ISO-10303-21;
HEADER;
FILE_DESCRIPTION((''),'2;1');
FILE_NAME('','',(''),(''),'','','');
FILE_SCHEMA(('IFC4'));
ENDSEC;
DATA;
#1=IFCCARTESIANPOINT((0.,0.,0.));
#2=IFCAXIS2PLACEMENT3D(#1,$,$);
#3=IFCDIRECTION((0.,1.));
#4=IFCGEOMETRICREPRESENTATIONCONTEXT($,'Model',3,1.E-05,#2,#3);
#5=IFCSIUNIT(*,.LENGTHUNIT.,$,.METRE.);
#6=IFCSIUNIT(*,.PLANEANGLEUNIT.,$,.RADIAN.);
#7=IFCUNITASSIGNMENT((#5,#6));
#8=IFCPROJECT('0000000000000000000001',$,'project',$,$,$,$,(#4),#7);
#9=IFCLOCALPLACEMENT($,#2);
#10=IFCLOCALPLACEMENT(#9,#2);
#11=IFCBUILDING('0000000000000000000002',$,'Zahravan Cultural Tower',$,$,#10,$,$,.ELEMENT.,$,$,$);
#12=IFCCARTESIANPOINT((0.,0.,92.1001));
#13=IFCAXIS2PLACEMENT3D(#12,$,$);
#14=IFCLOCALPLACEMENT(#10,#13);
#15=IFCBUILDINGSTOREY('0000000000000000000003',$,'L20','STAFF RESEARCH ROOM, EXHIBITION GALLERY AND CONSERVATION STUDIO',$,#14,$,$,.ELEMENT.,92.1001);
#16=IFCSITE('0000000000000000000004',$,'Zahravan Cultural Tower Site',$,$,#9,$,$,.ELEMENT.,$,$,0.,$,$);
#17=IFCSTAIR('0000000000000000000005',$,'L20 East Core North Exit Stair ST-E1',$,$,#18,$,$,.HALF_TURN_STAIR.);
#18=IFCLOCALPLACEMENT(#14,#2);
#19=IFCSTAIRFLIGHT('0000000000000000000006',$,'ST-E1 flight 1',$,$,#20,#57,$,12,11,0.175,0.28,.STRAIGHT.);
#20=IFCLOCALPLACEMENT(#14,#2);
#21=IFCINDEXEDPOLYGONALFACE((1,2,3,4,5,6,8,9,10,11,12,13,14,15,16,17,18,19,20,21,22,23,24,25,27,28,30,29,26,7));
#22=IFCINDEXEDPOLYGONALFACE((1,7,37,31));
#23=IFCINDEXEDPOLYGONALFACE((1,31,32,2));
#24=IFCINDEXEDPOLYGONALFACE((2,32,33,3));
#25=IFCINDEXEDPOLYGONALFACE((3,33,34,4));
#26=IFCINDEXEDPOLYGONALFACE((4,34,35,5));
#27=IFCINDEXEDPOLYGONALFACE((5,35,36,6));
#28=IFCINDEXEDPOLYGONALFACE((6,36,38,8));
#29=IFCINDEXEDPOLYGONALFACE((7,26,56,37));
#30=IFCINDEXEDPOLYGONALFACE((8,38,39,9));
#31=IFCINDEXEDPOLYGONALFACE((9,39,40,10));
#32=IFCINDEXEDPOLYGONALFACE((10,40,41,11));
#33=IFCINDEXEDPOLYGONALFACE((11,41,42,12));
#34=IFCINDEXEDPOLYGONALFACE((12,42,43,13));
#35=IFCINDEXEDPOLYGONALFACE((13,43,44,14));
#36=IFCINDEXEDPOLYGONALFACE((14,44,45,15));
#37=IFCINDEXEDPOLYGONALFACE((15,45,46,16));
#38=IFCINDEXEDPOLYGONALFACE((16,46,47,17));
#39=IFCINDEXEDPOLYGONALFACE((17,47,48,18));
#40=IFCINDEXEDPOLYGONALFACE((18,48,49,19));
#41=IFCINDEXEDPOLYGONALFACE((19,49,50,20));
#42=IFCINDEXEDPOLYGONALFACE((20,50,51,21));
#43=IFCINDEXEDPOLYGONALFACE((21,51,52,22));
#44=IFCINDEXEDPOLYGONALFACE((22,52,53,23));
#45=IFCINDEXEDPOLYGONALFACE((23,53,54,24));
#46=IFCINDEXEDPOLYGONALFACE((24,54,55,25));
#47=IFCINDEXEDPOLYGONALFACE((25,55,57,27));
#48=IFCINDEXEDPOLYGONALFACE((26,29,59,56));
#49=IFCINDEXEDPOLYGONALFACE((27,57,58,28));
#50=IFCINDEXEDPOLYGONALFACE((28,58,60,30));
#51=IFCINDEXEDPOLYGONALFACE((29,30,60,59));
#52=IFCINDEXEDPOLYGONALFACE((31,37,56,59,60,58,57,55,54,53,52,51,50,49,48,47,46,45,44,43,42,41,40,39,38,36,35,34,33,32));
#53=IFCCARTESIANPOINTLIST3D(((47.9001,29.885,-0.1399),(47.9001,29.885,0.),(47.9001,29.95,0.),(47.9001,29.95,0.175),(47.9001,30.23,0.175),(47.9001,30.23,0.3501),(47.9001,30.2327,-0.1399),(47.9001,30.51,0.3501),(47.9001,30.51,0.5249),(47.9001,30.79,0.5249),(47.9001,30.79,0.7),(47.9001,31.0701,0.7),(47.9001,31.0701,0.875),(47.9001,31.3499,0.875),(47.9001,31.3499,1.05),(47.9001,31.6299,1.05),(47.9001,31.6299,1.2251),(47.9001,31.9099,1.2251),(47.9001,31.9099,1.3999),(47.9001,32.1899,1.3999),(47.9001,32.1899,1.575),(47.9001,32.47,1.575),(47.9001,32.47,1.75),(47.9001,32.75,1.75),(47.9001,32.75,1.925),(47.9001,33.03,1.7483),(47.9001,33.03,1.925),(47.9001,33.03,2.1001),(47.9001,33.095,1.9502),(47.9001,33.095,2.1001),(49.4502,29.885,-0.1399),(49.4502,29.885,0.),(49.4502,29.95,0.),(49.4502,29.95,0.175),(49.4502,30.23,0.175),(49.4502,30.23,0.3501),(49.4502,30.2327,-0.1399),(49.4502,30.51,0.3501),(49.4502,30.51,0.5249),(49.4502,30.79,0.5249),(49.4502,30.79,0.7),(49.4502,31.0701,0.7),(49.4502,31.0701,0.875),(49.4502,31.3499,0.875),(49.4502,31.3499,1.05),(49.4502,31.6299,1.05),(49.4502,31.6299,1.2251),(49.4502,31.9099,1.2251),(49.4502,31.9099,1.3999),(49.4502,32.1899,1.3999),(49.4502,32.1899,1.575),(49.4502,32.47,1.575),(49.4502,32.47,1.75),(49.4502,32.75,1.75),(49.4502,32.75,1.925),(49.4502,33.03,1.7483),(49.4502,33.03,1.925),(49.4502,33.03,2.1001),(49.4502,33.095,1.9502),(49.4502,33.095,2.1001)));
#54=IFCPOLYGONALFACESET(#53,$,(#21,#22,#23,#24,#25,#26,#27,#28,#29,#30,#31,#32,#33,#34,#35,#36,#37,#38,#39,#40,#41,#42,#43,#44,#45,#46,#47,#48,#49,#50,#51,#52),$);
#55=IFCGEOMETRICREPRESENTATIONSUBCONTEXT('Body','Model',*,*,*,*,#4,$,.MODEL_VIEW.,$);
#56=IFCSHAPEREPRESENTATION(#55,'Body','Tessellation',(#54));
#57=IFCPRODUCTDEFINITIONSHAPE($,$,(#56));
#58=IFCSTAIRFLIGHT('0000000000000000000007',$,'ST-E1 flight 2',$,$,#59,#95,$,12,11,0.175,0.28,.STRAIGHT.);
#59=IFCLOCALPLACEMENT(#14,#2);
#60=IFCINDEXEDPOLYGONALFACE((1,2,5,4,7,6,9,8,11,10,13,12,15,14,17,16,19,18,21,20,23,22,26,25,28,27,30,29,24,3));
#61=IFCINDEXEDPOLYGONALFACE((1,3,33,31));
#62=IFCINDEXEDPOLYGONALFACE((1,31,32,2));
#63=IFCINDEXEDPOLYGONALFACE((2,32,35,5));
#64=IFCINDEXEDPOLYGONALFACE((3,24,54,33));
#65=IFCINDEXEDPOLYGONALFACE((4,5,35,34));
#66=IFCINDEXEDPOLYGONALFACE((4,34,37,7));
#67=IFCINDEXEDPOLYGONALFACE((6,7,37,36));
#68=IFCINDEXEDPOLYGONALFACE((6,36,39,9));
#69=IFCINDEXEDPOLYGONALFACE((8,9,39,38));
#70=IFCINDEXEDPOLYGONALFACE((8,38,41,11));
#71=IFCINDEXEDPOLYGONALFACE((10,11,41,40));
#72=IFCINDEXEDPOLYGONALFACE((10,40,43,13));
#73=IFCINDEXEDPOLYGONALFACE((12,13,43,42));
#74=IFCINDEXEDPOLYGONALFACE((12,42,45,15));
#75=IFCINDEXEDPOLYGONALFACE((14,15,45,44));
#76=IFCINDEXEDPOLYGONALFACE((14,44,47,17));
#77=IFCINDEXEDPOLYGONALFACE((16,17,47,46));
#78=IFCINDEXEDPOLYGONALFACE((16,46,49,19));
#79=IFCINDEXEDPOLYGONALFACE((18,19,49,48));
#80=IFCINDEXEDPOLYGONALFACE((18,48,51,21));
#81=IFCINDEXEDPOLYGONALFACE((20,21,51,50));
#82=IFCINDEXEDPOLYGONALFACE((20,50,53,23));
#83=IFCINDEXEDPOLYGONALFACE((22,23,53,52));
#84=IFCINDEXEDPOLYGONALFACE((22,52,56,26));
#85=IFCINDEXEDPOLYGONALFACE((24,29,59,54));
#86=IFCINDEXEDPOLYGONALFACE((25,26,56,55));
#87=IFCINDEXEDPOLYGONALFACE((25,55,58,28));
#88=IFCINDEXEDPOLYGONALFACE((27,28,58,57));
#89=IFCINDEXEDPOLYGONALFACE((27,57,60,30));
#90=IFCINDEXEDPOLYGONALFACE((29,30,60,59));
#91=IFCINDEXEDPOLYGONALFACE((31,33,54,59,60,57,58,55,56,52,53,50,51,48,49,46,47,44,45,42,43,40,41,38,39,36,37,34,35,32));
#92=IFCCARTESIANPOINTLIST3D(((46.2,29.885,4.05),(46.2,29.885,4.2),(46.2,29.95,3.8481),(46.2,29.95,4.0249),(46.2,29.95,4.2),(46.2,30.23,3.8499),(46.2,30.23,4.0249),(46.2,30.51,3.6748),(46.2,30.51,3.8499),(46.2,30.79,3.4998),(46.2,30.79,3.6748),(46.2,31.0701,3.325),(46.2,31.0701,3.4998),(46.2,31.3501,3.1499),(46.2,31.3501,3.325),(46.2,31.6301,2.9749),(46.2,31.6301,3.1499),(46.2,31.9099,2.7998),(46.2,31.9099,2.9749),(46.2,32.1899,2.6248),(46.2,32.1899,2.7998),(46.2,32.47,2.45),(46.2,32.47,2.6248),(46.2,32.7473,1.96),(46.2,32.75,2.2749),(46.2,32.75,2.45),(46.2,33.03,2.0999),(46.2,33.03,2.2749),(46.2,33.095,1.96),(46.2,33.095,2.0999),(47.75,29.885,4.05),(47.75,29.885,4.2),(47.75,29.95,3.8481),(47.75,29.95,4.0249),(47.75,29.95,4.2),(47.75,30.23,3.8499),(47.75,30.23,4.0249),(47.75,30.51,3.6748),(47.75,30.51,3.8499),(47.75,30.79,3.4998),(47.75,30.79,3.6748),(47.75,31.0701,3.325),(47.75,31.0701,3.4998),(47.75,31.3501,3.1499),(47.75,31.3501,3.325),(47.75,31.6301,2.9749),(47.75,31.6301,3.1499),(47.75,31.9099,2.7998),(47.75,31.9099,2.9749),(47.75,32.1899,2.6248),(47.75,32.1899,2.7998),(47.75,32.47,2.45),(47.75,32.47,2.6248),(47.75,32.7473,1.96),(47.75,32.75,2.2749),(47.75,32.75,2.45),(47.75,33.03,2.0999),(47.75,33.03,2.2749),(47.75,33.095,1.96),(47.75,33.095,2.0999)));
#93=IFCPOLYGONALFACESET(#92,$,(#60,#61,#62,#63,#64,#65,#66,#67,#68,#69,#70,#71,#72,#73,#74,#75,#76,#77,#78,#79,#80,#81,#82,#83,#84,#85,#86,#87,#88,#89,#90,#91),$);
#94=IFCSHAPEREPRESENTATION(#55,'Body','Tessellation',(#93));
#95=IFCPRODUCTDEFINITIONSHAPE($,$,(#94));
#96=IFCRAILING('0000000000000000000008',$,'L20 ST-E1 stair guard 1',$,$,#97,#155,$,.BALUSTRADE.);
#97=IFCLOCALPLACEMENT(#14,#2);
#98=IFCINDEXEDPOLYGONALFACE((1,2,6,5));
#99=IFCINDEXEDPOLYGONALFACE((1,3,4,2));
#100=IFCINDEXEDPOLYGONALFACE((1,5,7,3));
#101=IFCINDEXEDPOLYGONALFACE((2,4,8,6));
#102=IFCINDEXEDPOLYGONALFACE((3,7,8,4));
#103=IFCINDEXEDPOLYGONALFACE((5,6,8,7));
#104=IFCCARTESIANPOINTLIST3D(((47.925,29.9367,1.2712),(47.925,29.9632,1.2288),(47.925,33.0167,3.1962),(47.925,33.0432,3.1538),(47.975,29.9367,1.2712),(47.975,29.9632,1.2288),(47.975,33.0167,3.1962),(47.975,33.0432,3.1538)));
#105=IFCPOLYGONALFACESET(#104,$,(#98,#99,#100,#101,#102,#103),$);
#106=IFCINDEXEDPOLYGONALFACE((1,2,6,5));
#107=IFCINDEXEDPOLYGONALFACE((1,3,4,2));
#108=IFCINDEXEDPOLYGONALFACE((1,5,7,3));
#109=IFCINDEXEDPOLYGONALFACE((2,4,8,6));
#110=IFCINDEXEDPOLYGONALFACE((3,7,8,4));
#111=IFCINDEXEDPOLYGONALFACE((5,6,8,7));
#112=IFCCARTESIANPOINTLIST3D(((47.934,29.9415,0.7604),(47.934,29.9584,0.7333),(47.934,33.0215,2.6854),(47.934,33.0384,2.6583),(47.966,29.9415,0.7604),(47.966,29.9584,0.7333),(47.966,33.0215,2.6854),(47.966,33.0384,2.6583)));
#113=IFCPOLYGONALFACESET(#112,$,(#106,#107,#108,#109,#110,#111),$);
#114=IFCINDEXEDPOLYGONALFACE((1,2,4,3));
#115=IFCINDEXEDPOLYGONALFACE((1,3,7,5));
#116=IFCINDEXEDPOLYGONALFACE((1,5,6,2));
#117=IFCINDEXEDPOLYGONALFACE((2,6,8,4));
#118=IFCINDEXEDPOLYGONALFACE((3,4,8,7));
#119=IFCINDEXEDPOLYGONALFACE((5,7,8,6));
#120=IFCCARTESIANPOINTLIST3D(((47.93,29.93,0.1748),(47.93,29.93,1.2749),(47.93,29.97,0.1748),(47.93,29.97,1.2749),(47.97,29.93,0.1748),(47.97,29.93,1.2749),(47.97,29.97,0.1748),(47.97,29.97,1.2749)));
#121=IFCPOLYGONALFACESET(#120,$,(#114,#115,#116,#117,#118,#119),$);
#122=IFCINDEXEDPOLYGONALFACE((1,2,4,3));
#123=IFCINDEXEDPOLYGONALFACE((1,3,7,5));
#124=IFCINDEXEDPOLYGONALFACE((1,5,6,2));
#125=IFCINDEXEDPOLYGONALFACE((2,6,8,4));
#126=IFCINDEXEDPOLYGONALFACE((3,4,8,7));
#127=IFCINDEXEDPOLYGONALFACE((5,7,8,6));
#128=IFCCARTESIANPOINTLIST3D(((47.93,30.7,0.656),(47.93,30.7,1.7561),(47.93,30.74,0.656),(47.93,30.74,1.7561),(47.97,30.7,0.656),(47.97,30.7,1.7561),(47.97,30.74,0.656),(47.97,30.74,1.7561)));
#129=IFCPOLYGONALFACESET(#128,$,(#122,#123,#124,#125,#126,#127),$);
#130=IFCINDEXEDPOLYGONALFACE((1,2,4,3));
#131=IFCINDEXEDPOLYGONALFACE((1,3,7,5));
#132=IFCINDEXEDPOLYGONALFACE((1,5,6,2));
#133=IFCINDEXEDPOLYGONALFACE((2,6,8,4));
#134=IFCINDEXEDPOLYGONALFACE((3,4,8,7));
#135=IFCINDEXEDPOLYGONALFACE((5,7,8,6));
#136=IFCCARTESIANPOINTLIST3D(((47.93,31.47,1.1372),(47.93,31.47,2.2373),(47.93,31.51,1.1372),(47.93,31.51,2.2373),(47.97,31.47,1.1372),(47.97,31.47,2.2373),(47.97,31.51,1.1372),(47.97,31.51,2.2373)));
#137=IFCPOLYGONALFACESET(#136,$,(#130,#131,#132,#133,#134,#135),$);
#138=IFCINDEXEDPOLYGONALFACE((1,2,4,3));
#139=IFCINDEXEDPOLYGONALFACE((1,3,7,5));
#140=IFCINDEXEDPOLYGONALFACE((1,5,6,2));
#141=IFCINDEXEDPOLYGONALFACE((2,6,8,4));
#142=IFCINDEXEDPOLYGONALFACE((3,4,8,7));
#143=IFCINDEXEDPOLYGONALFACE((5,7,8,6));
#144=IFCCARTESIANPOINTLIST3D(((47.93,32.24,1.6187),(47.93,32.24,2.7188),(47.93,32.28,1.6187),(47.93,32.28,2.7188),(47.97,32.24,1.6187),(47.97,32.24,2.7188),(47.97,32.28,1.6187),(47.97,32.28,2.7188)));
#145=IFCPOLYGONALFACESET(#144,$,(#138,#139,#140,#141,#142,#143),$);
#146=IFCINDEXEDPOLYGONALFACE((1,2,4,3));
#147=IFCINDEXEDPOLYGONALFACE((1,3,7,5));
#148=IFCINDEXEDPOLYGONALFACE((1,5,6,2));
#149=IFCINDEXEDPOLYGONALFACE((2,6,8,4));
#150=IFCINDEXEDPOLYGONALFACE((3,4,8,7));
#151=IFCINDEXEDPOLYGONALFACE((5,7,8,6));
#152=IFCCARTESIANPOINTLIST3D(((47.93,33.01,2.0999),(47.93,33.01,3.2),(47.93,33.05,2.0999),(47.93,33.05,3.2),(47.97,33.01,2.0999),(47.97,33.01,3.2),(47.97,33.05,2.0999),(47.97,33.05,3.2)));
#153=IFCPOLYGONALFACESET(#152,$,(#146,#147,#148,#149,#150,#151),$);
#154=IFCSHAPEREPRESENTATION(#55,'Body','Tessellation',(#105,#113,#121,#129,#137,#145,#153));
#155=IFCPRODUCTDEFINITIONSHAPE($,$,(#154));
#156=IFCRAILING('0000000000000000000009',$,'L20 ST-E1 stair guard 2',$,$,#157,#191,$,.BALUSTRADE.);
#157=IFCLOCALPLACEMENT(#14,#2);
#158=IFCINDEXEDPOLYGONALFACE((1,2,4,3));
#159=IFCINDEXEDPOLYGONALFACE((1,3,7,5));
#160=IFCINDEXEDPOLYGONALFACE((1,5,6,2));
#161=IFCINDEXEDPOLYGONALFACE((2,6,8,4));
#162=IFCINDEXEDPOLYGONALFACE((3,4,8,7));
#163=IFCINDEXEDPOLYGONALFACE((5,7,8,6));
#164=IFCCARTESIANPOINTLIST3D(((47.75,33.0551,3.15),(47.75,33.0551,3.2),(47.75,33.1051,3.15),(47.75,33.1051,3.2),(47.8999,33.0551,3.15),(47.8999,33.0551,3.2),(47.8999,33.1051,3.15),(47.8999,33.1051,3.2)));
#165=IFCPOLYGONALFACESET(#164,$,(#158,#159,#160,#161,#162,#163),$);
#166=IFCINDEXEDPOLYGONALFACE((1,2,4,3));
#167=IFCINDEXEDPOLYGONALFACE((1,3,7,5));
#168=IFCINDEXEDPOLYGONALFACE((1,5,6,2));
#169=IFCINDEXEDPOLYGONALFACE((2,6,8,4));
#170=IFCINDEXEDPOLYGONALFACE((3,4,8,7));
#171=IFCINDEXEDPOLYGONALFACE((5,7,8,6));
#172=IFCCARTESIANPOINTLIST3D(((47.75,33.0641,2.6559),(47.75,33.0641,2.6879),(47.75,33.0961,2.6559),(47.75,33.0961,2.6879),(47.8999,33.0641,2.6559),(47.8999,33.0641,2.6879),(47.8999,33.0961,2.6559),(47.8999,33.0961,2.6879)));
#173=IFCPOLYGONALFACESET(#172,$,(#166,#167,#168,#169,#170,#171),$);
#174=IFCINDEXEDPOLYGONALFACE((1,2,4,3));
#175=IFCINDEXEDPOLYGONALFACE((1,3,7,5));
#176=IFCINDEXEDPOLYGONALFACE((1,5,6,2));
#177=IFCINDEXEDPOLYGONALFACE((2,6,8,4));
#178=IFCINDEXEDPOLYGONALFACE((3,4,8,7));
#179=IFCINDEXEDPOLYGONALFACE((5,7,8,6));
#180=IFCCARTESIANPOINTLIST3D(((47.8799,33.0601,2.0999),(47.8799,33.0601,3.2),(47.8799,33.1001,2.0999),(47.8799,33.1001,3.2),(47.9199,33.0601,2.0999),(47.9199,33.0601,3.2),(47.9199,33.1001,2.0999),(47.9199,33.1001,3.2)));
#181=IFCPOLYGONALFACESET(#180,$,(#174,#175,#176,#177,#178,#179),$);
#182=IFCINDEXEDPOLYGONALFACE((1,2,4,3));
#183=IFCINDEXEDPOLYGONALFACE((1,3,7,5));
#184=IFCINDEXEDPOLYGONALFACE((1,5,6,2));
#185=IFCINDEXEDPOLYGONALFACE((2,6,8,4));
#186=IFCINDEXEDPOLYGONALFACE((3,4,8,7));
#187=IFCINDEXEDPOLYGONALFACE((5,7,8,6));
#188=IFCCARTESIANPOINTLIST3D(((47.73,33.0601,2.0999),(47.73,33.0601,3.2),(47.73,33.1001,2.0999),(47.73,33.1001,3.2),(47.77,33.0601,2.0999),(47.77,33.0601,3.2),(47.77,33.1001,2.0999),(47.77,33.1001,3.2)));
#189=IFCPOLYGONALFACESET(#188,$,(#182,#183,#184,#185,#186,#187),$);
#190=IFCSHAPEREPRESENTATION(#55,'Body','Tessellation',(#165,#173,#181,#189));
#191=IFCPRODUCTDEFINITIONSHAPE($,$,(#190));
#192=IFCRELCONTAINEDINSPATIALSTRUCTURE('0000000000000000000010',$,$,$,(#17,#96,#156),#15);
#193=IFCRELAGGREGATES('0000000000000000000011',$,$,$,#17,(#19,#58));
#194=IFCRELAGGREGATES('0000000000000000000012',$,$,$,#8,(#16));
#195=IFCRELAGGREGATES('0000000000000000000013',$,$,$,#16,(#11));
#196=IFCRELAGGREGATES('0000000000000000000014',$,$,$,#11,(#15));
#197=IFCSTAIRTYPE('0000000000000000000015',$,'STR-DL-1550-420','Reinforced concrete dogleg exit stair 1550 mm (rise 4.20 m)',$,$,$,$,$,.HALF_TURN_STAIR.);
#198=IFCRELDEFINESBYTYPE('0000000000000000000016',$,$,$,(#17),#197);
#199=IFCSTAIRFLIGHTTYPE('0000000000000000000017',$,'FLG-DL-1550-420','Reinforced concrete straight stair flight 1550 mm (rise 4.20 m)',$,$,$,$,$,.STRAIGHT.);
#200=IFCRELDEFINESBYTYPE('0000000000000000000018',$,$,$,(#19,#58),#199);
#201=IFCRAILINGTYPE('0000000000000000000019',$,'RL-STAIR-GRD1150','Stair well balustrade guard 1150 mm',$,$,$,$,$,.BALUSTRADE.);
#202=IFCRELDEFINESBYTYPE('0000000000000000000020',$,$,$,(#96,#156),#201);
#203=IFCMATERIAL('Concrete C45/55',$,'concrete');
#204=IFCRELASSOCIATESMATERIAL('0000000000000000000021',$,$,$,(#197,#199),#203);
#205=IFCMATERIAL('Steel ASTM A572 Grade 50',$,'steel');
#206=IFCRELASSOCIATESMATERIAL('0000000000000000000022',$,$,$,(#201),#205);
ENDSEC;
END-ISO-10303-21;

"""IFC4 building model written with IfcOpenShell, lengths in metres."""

from ifc_helpers import new_model, si_unit, direction, frame, origin, origin_2d, place, context, subcontext, project, spatial, polyline, rectangle, outline, extrude, material, type_object, element, aggregate, save


model = new_model("IFC4")

# Units and contexts
model_context = context("Model", 3, precision=1e-05, world=origin(), true_north=direction((0.0, 1.0)))
body_context = subcontext(model_context, "Body", "Model", "MODEL_VIEW")
ifc_project = project(units=[si_unit("LENGTHUNIT", "METRE"), si_unit("PLANEANGLEUNIT", "RADIAN")], contexts=[model_context])

# Site, building, storey
site_placement = place(None, origin())
site = spatial("IfcSite", under=ifc_project, at=site_placement, Name="Zahravan Cultural Tower Site", CompositionType="ELEMENT", RefElevation=0.0)
building_placement = place(site_placement, origin())
building = spatial("IfcBuilding", under=site, at=building_placement, Name="Zahravan Cultural Tower", CompositionType="ELEMENT")
storey_placement = place(building_placement, frame((0.0, 0.0, 92.1001)))
storey = spatial("IfcBuildingStorey", under=building, at=storey_placement, Name="L20", Description="STAFF RESEARCH ROOM, EXHIBITION GALLERY AND CONSERVATION STUDIO", CompositionType="ELEMENT", Elevation=92.1001)

# Stair, stair flights
ifc_material_1 = material(Name="Concrete C45/55", Category="concrete")
stair_type = type_object("IfcStairType", Name="STR-DL-1550-420", Description="Reinforced concrete dogleg exit stair 1550 mm (rise 4.20 m)", PredefinedType="HALF_TURN_STAIR", material=ifc_material_1)
stair_placement = place(storey_placement, origin())
stair = element("IfcStair", 1, at=stair_placement, inside=storey, type_object=stair_type, Name="L20 East Core North Exit Stair ST-E1", PredefinedType="HALF_TURN_STAIR")
stair_flight_type = type_object("IfcStairFlightType", Name="FLG-DL-1550-420", Description="Reinforced concrete straight stair flight 1550 mm (rise 4.20 m)", PredefinedType="STRAIGHT", material=ifc_material_1)
stair_flight_1_placement = place(storey_placement, frame((48.675, 29.95, 0.0), z_axis=(0.0, 0.0, 1.0), x_axis=(0.0, 1.0, 0.0)))
stair_flight_1 = element("IfcStairFlight", 2, at=stair_flight_1_placement, type_object=stair_flight_type, Name="ST-E1 flight 1", NumberOfRisers=12, NumberOfTreads=11, PredefinedType="STRAIGHT", RiserHeight=0.175, TreadLength=0.28, context=body_context, shape_type="SweptSolid", body=[
    extrude(outline(polyline([(-0.0649, -0.1399), (-0.0649, 0.0), (0.0, 0.0), (0.0, 0.175), (0.28, 0.175), (0.28, 0.3501), (0.5601, 0.3501), (0.5601, 0.5249), (0.8401, 0.5249), (0.8401, 0.7), (1.1201, 0.7), (1.1201, 0.875), (1.3999, 0.875), (1.3999, 1.05), (1.6799, 1.05), (1.6799, 1.2251), (1.96, 1.2251), (1.96, 1.3999), (2.24, 1.3999), (2.24, 1.575), (2.52, 1.575), (2.52, 1.75), (2.8, 1.75), (2.8, 1.925), (3.0801, 1.925), (3.0801, 2.1001), (3.145, 2.1001), (3.145, 1.9502), (3.0801, 1.7483), (0.2827, -0.1399), (-0.0649, -0.1399)])), frame((0.0, 0.7749, 0.0), z_axis=(0.0, -1.0, 0.0), x_axis=(1.0, 0.0, 0.0)), (0.0, 0.0, 1.0), 1.55),
])
stair_flight_2_placement = place(storey_placement, frame((46.9751, 33.03, 2.0999), z_axis=(0.0, 0.0, 1.0), x_axis=(0.0, -1.0, 0.0)))
stair_flight_2 = element("IfcStairFlight", 3, at=stair_flight_2_placement, type_object=stair_flight_type, Name="ST-E1 flight 2", NumberOfRisers=12, NumberOfTreads=11, PredefinedType="STRAIGHT", RiserHeight=0.175, TreadLength=0.28, context=body_context, shape_type="SweptSolid", body=[
    extrude(outline(polyline([(-0.0649, -0.1399), (-0.0649, 0.0), (0.0, 0.0), (0.0, 0.175), (0.28, 0.175), (0.28, 0.3501), (0.5601, 0.3501), (0.5601, 0.5249), (0.8401, 0.5249), (0.8401, 0.7), (1.1201, 0.7), (1.1201, 0.875), (1.3999, 0.875), (1.3999, 1.05), (1.6799, 1.05), (1.6799, 1.2251), (1.96, 1.2251), (1.96, 1.3999), (2.24, 1.3999), (2.24, 1.575), (2.52, 1.575), (2.52, 1.75), (2.8, 1.75), (2.8, 1.925), (3.0801, 1.925), (3.0801, 2.1001), (3.145, 2.1001), (3.145, 1.9502), (3.0801, 1.7483), (0.2827, -0.1399), (-0.0649, -0.1399)])), frame((0.0, 0.7749, 0.0), z_axis=(0.0, -1.0, 0.0), x_axis=(1.0, 0.0, 0.0)), (0.0, 0.0, 1.0), 1.55),
])
aggregate(stair, [stair_flight_1, stair_flight_2])

# Railings
ifc_material_2 = material(Name="Steel ASTM A572 Grade 50", Category="steel")
railing_type_1 = type_object("IfcRailingType", Name="RL-STAIR-GRD1150", Description="Stair well balustrade guard 1150 mm", PredefinedType="BALUSTRADE", material=ifc_material_2)
railing_1_placement = place(storey_placement, frame((47.95, 29.95, 0.1748)))
element("IfcRailing", 4, at=railing_1_placement, inside=storey, type_object=railing_type_1, Name="L20 ST-E1 stair guard 1", PredefinedType="BALUSTRADE", context=body_context, shape_type="SweptSolid", body=[
    extrude(rectangle(XDim=0.05, YDim=0.05, at=origin_2d()), frame((0.0, 0.0, 1.0752), z_axis=(0.0, 0.847998, 0.529999), x_axis=(-1.0, 0.0, 0.0)), (0.0, 0.0, 1.0), 3.6321),
    extrude(rectangle(XDim=0.032, YDim=0.032, at=origin_2d()), frame((0.0, 0.0, 0.572), z_axis=(0.0, 0.847998, 0.529999), x_axis=(-1.0, 0.0, 0.0)), (0.0, 0.0, 1.0), 3.6321),
    extrude(rectangle(XDim=0.04, YDim=0.04, at=origin_2d()), origin(), (0.0, 0.0, 1.0), 1.1001),
    extrude(rectangle(XDim=0.04, YDim=0.04, at=origin_2d()), frame((0.0, 0.77, 0.4812)), (0.0, 0.0, 1.0), 1.1001),
    extrude(rectangle(XDim=0.04, YDim=0.04, at=origin_2d()), frame((0.0, 1.54, 0.9624)), (0.0, 0.0, 1.0), 1.1001),
    extrude(rectangle(XDim=0.04, YDim=0.04, at=origin_2d()), frame((0.0, 2.3101, 1.4438)), (0.0, 0.0, 1.0), 1.1001),
    extrude(rectangle(XDim=0.04, YDim=0.04, at=origin_2d()), frame((0.0, 3.0801, 1.925)), (0.0, 0.0, 1.0), 1.1001),
])
railing_2_placement = place(storey_placement, frame((47.8999, 33.0801, 2.0999)))
element("IfcRailing", 5, at=railing_2_placement, inside=storey, type_object=railing_type_1, Name="L20 ST-E1 stair guard 2", PredefinedType="BALUSTRADE", context=body_context, shape_type="SweptSolid", body=[
    extrude(rectangle(XDim=0.05, YDim=0.05, at=origin_2d()), frame((0.0, 0.0, 1.0752), z_axis=(-1.0, 0.0, 0.0), x_axis=(0.0, -1.0, 0.0)), (0.0, 0.0, 1.0), 0.1499),
    extrude(rectangle(XDim=0.032, YDim=0.032, at=origin_2d()), frame((0.0, 0.0, 0.572), z_axis=(-1.0, 0.0, 0.0), x_axis=(0.0, -1.0, 0.0)), (0.0, 0.0, 1.0), 0.1499),
    extrude(rectangle(XDim=0.04, YDim=0.04, at=origin_2d()), origin(), (0.0, 0.0, 1.0), 1.1001),
    extrude(rectangle(XDim=0.04, YDim=0.04, at=origin_2d()), frame((-0.1499, 0.0, 0.0)), (0.0, 0.0, 1.0), 1.1001),
])

save(model, "model.ifc")
